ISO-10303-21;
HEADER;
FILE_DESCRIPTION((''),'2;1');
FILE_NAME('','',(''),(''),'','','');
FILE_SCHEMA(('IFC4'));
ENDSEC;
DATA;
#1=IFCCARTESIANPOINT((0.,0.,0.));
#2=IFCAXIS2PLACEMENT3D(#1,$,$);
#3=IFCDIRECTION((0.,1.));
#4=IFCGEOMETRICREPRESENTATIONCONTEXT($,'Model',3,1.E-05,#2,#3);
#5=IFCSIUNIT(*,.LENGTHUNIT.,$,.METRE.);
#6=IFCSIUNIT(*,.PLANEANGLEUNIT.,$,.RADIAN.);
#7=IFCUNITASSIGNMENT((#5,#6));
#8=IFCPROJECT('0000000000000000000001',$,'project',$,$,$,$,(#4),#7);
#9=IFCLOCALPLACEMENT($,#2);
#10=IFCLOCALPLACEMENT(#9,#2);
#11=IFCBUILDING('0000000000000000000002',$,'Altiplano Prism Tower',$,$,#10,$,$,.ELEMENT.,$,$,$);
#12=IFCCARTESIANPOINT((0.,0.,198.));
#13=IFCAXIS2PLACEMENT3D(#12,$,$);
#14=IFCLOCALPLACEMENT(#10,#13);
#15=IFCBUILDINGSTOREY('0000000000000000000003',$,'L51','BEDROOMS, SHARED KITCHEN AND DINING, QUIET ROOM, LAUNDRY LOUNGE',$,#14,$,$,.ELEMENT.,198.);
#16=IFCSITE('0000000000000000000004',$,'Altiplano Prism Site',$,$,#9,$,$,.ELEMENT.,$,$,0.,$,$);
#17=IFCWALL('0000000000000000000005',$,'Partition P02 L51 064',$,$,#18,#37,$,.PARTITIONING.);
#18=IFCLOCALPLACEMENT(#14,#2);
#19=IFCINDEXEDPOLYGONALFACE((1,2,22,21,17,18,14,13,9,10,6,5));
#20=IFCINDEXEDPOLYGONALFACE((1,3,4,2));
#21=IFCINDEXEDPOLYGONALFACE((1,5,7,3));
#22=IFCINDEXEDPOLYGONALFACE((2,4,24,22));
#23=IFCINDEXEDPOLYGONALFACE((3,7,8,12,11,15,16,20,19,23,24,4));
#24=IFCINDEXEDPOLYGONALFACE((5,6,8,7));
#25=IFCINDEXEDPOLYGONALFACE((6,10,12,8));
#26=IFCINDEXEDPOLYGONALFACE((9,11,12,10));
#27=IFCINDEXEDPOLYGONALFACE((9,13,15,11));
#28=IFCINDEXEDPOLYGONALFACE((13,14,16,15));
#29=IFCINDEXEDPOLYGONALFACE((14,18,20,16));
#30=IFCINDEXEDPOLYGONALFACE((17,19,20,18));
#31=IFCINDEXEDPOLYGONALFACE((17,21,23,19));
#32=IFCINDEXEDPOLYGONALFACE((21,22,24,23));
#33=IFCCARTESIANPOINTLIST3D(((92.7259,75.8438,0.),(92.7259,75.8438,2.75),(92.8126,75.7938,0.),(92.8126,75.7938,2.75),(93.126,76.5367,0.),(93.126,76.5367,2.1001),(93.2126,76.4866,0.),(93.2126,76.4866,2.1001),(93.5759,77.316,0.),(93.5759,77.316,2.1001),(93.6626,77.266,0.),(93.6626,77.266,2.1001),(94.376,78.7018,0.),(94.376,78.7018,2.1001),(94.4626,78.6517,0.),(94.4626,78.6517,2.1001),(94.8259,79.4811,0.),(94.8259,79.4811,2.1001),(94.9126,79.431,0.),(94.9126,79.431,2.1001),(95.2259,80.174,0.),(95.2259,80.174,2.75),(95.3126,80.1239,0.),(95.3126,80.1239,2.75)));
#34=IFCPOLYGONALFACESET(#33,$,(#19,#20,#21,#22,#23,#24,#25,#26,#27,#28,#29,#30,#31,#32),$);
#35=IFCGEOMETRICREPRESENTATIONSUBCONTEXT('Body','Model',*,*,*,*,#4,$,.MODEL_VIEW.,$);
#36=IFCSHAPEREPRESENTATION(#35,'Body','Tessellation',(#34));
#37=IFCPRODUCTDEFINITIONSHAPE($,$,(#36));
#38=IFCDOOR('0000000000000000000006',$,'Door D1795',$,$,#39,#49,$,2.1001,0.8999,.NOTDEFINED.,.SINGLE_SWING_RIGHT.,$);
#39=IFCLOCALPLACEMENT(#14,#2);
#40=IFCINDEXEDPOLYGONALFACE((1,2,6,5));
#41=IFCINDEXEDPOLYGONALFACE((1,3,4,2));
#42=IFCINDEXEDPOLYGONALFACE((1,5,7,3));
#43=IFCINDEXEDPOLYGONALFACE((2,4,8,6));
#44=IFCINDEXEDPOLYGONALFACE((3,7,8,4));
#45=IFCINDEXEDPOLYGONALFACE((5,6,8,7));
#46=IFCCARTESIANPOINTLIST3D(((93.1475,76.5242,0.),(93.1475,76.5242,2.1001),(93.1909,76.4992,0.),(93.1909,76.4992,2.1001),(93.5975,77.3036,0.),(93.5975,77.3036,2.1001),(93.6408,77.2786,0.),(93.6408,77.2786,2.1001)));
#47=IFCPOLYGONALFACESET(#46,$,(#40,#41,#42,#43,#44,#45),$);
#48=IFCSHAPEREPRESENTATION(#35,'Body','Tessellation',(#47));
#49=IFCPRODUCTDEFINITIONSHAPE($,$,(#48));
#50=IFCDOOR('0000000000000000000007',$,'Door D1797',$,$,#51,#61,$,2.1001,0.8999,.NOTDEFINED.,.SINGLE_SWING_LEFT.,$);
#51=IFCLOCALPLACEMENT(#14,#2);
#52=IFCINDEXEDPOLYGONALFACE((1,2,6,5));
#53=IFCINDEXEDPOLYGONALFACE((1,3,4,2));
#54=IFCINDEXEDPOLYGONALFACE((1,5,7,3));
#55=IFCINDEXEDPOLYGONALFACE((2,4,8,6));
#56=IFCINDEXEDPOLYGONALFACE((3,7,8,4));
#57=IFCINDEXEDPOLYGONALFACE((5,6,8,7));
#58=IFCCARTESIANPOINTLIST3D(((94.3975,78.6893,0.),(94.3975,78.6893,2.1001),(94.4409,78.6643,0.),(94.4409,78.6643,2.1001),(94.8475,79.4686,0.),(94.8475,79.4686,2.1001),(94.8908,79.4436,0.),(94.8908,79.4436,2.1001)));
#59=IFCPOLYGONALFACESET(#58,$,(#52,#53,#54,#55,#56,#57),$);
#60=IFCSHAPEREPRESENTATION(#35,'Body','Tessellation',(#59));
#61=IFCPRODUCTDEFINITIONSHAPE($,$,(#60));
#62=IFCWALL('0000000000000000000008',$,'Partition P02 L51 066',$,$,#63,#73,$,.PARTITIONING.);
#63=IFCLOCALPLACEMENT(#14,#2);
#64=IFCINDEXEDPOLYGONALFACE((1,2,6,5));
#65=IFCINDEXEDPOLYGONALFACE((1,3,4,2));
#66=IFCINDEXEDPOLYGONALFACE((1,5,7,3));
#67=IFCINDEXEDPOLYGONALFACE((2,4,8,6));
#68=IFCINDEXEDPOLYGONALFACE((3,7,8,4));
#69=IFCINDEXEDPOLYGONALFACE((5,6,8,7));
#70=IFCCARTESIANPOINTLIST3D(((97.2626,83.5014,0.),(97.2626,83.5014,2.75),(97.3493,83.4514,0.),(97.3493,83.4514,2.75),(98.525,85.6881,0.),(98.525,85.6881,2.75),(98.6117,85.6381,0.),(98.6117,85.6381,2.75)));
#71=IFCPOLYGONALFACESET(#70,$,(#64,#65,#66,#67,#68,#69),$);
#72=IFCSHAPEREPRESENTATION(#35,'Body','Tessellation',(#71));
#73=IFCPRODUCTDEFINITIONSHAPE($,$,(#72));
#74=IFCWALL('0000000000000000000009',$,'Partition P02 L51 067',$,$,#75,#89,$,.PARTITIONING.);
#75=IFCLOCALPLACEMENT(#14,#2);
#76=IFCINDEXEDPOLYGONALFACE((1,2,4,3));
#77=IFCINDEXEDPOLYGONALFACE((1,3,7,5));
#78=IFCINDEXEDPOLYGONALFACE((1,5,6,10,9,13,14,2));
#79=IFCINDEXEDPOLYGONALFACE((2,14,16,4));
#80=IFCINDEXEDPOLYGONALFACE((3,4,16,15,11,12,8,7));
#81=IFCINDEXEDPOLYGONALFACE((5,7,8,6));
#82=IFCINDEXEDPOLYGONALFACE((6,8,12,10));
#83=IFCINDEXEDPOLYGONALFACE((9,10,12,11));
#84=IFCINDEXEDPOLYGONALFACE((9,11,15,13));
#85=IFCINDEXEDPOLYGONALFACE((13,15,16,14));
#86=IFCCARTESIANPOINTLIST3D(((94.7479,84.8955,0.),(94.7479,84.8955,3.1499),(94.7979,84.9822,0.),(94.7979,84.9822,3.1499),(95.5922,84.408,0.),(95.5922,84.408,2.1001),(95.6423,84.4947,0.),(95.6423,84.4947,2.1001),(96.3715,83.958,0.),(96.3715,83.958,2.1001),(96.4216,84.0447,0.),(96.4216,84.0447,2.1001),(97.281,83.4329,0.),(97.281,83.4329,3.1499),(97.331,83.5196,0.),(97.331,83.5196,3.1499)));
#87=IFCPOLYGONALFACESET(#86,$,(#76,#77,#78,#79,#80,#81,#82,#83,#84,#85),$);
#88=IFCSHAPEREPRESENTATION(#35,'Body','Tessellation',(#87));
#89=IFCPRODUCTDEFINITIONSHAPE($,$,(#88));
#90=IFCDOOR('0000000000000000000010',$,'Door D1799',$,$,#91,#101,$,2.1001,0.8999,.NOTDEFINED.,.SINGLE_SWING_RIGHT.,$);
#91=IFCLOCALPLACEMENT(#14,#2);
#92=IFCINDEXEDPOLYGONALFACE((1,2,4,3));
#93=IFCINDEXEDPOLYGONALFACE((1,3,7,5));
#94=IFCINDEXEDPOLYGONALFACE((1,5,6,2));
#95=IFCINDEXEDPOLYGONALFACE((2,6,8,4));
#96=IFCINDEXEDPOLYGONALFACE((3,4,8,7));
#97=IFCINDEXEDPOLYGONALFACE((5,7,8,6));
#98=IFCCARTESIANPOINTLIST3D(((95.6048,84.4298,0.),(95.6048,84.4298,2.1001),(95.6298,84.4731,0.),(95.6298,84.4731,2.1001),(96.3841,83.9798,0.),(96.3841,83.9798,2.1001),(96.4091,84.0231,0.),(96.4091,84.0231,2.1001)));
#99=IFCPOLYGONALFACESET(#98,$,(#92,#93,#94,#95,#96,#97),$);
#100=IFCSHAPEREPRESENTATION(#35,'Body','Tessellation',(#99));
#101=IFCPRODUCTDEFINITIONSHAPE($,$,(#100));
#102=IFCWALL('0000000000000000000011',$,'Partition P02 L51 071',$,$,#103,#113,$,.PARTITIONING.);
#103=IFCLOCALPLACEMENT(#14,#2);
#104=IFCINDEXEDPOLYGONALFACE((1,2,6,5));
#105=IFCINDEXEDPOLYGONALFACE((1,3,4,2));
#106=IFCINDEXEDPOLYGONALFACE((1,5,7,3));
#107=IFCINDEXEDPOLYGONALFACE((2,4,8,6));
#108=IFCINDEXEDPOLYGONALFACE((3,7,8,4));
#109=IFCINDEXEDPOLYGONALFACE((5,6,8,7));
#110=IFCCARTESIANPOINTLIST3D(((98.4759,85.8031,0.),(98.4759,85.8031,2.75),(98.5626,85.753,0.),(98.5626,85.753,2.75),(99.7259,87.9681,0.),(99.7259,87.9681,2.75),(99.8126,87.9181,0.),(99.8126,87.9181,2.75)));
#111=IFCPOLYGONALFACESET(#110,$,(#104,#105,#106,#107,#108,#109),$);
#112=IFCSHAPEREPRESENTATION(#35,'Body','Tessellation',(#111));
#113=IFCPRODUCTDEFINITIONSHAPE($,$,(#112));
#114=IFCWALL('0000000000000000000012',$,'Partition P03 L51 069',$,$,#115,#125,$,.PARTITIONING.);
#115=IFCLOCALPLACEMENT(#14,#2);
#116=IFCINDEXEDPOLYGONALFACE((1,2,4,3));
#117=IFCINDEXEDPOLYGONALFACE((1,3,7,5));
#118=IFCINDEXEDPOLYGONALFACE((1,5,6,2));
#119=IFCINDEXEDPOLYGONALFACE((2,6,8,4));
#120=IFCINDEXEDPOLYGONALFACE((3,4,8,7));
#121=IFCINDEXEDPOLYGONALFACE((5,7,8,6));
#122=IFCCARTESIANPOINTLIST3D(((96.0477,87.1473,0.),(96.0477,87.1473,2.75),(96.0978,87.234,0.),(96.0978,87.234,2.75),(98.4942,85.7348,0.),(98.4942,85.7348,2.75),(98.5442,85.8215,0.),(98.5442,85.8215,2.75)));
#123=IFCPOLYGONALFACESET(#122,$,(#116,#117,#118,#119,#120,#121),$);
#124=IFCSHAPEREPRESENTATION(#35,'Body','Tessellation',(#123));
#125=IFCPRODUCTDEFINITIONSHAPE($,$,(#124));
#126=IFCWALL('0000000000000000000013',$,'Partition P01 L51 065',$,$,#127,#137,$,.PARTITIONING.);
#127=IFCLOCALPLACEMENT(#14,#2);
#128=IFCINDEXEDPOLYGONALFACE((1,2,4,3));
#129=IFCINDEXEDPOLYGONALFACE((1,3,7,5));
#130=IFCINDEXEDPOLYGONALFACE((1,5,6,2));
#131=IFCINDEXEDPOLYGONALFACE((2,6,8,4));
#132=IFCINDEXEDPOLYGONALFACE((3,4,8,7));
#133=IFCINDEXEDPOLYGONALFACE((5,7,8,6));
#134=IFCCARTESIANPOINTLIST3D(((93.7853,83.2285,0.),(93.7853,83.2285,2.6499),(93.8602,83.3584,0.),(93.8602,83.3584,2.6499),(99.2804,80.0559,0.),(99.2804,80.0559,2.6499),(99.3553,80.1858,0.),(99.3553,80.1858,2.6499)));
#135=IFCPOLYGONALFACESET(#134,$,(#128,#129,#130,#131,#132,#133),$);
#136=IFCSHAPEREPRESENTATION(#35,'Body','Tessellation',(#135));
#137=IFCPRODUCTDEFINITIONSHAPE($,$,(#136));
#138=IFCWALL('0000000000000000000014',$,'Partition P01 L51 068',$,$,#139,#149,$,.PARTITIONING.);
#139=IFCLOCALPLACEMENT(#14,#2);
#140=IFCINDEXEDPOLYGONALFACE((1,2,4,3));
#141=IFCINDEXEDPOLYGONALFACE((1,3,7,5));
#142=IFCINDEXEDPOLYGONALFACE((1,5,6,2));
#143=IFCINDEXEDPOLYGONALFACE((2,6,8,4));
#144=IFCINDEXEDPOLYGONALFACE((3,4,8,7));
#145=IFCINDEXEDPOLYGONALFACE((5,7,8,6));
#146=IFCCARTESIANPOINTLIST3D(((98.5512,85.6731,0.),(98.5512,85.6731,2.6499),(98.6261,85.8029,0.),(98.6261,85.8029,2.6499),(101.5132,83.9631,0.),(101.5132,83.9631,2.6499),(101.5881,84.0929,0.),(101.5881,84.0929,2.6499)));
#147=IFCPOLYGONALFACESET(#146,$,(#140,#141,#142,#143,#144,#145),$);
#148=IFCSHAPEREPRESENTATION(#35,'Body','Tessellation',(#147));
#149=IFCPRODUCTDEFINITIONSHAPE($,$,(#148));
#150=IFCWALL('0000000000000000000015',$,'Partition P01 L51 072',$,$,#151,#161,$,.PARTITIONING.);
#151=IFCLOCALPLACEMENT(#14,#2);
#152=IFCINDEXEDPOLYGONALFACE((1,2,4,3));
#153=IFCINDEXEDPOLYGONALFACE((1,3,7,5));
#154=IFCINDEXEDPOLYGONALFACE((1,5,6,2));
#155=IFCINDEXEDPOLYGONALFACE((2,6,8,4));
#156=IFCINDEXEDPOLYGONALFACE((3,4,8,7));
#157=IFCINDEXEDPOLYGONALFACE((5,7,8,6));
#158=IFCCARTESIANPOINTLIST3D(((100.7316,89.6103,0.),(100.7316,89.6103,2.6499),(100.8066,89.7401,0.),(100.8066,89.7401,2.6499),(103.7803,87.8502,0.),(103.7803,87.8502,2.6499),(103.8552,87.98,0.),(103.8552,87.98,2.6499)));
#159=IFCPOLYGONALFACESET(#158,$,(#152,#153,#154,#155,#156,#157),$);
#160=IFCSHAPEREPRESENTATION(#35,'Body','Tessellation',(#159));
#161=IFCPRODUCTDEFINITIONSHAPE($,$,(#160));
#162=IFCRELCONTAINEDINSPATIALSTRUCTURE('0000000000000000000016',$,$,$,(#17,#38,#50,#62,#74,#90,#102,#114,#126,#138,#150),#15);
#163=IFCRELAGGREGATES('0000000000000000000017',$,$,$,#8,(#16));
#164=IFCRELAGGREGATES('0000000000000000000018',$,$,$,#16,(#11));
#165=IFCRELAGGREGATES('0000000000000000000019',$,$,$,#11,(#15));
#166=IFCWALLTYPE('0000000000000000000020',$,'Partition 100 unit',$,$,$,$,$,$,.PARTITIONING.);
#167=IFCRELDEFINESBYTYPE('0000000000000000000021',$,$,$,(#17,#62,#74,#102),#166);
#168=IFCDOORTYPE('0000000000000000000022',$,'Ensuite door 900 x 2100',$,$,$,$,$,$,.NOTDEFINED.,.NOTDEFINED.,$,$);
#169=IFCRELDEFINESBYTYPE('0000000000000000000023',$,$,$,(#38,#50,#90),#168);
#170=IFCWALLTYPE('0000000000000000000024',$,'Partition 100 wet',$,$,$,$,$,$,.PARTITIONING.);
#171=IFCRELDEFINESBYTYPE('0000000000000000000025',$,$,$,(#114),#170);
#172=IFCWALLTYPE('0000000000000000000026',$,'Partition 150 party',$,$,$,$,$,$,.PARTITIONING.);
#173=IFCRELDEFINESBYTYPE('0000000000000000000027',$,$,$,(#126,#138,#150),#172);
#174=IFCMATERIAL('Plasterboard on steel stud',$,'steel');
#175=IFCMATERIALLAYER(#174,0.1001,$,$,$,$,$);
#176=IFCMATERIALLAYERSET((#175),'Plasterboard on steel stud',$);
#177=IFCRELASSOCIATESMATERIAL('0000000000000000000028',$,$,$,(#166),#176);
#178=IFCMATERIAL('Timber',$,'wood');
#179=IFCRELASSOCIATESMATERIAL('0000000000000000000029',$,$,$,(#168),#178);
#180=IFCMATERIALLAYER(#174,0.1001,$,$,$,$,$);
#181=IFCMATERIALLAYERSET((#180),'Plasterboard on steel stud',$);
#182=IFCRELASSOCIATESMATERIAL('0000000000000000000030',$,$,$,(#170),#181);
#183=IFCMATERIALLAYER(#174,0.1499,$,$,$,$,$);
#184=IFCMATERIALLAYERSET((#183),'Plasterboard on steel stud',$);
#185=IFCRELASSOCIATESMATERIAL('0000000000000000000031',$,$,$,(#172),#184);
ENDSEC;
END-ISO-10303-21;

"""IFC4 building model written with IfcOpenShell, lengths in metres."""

from ifc_helpers import new_model, si_unit, direction, frame, frame_2d, origin, place, context, subcontext, project, spatial, rectangle, extrude, material, layer, layer_set, type_object, element, fill, save


model = new_model("IFC4")

# Units and contexts
model_context = context("Model", 3, precision=1e-05, world=origin(), true_north=direction((0.0, 1.0)))
body_context = subcontext(model_context, "Body", "Model", "MODEL_VIEW")
ifc_project = project(units=[si_unit("LENGTHUNIT", "METRE"), si_unit("PLANEANGLEUNIT", "RADIAN")], contexts=[model_context])

# Site, building, storey
site_placement = place(None, origin())
site = spatial("IfcSite", under=ifc_project, at=site_placement, Name="Altiplano Prism Site", CompositionType="ELEMENT", RefElevation=0.0)
building_placement = place(site_placement, origin())
building = spatial("IfcBuilding", under=site, at=building_placement, Name="Altiplano Prism Tower", CompositionType="ELEMENT")
storey_placement = place(building_placement, frame((0.0, 0.0, 198.0)))
storey = spatial("IfcBuildingStorey", under=building, at=storey_placement, Name="L51", Description="BEDROOMS, SHARED KITCHEN AND DINING, QUIET ROOM, LAUNDRY LOUNGE", CompositionType="ELEMENT", Elevation=198.0)

# Wall, openings, doors
ifc_material_1 = material(Name="Plasterboard on steel stud", Category="steel")
ifc_layer_1 = layer(ifc_material_1, 0.1001)
ifc_layer_set_1 = layer_set([ifc_layer_1], Name="Plasterboard on steel stud")
wall_type_1 = type_object("IfcWallType", Name="Partition 100 unit", PredefinedType="PARTITIONING", material=ifc_layer_set_1)
wall_1_placement = place(storey_placement, frame((95.2693, 80.1489, 0.0), z_axis=(0.0, 0.0, 1.0), x_axis=(-0.500004, -0.866023, 0.0)))
wall_1 = element("IfcWall", 1, at=wall_1_placement, inside=storey, type_object=wall_type_1, Name="Partition P02 L51 064", PredefinedType="PARTITIONING", context=body_context, shape_type="SweptSolid", body=[
    extrude(rectangle(XDim=5.0, YDim=0.1001, at=frame_2d((2.5, 0.0))), origin(), (0.0, 0.0, 1.0), 2.75),
])
opening_1_placement = place(wall_1_placement, frame((3.3, 0.0, 0.0)))
opening_1 = element("IfcOpeningElement", 2, at=opening_1_placement, cuts=wall_1, PredefinedType="OPENING", context=body_context, shape_type="SweptSolid", body=[
    extrude(rectangle(XDim=0.8999, YDim=2.1001, at=frame_2d((0.45, 1.05))), frame((0.0, 0.0605, 0.0), z_axis=(0.0, -1.0, 0.0), x_axis=(1.0, 0.0, 0.0)), (0.0, 0.0, 1.0), 0.1211),
])
opening_2_placement = place(wall_1_placement, frame((0.8, 0.0, 0.0)))
opening_2 = element("IfcOpeningElement", 3, at=opening_2_placement, cuts=wall_1, PredefinedType="OPENING", context=body_context, shape_type="SweptSolid", body=[
    extrude(rectangle(XDim=0.8999, YDim=2.1001, at=frame_2d((0.45, 1.05))), frame((0.0, 0.0605, 0.0), z_axis=(0.0, -1.0, 0.0), x_axis=(1.0, 0.0, 0.0)), (0.0, 0.0, 1.0), 0.1211),
])
ifc_material_2 = material(Name="Timber", Category="wood")
door_type = type_object("IfcDoorType", Name="Ensuite door 900 x 2100", OperationType="NOTDEFINED", PredefinedType="NOTDEFINED", material=ifc_material_2)
door_1_placement = place(opening_1_placement, origin())
door_1 = element("IfcDoor", 4, at=door_1_placement, inside=storey, type_object=door_type, Name="Door D1795", OperationType="SINGLE_SWING_RIGHT", OverallHeight=2.1001, OverallWidth=0.8999, PredefinedType="NOTDEFINED", context=body_context, shape_type="SweptSolid", body=[
    extrude(rectangle(XDim=0.8999, YDim=2.1001, at=frame_2d((0.45, 1.05))), frame((0.0, 0.0249, 0.0), z_axis=(0.0, -1.0, 0.0), x_axis=(1.0, 0.0, 0.0)), (0.0, 0.0, 1.0), 0.05),
])
fill(opening_1, door_1)
door_2_placement = place(opening_2_placement, origin())
door_2 = element("IfcDoor", 5, at=door_2_placement, inside=storey, type_object=door_type, Name="Door D1797", OperationType="SINGLE_SWING_LEFT", OverallHeight=2.1001, OverallWidth=0.8999, PredefinedType="NOTDEFINED", context=body_context, shape_type="SweptSolid", body=[
    extrude(rectangle(XDim=0.8999, YDim=2.1001, at=frame_2d((0.45, 1.05))), frame((0.0, 0.0249, 0.0), z_axis=(0.0, -1.0, 0.0), x_axis=(1.0, 0.0, 0.0)), (0.0, 0.0, 1.0), 0.05),
])
fill(opening_2, door_2)

# Wall
wall_2_placement = place(storey_placement, frame((98.5684, 85.6631, 0.0), z_axis=(0.0, 0.0, 1.0), x_axis=(-0.499976, -0.866039, 0.0)))
element("IfcWall", 6, at=wall_2_placement, inside=storey, type_object=wall_type_1, Name="Partition P02 L51 066", PredefinedType="PARTITIONING", context=body_context, shape_type="SweptSolid", body=[
    extrude(rectangle(XDim=2.5249, YDim=0.1001, at=frame_2d((1.2625, 0.0))), origin(), (0.0, 0.0, 1.0), 2.75),
])

# Wall, opening, door
wall_3_placement = place(storey_placement, frame((97.3059, 83.4763, 0.0), z_axis=(0.0, 0.0, 1.0), x_axis=(-0.86601, 0.500026, 0.0)))
wall_3 = element("IfcWall", 7, at=wall_3_placement, inside=storey, type_object=wall_type_1, Name="Partition P02 L51 067", PredefinedType="PARTITIONING", context=body_context, shape_type="SweptSolid", body=[
    extrude(rectangle(XDim=2.925, YDim=0.1001, at=frame_2d((1.4624, 0.0))), origin(), (0.0, 0.0, 1.0), 3.1499),
])
opening_3_placement = place(wall_3_placement, frame((1.05, 0.0, 0.0)))
opening_3 = element("IfcOpeningElement", 8, at=opening_3_placement, cuts=wall_3, PredefinedType="OPENING", context=body_context, shape_type="SweptSolid", body=[
    extrude(rectangle(XDim=0.8999, YDim=2.1001, at=frame_2d((0.45, 1.05))), frame((0.0, 0.0605, 0.0), z_axis=(0.0, -1.0, 0.0), x_axis=(1.0, 0.0, 0.0)), (0.0, 0.0, 1.0), 0.1211),
])
door_3_placement = place(opening_3_placement, origin())
door_3 = element("IfcDoor", 9, at=door_3_placement, inside=storey, type_object=door_type, Name="Door D1799", OperationType="SINGLE_SWING_RIGHT", OverallHeight=2.1001, OverallWidth=0.8999, PredefinedType="NOTDEFINED", context=body_context, shape_type="SweptSolid", body=[
    extrude(rectangle(XDim=0.8999, YDim=2.1001, at=frame_2d((0.45, 1.05))), frame((0.0, 0.0249, 0.0), z_axis=(0.0, -1.0, 0.0), x_axis=(1.0, 0.0, 0.0)), (0.0, 0.0, 1.0), 0.05),
])
fill(opening_3, door_3)

# Walls
wall_4_placement = place(storey_placement, frame((99.7693, 87.9431, 0.0), z_axis=(0.0, 0.0, 1.0), x_axis=(-0.500004, -0.866023, 0.0)))
element("IfcWall", 10, at=wall_4_placement, inside=storey, type_object=wall_type_1, Name="Partition P02 L51 071", PredefinedType="PARTITIONING", context=body_context, shape_type="SweptSolid", body=[
    extrude(rectangle(XDim=2.5, YDim=0.1001, at=frame_2d((1.25, 0.0))), origin(), (0.0, 0.0, 1.0), 2.75),
])
ifc_layer_2 = layer(ifc_material_1, 0.1001)
ifc_layer_set_2 = layer_set([ifc_layer_2], Name="Plasterboard on steel stud")
wall_type_2 = type_object("IfcWallType", Name="Partition 100 wet", PredefinedType="PARTITIONING", material=ifc_layer_set_2)
wall_5_placement = place(storey_placement, frame((98.5193, 85.7781, 0.0), z_axis=(0.0, 0.0, 1.0), x_axis=(-0.866011, 0.500024, 0.0)))
element("IfcWall", 11, at=wall_5_placement, inside=storey, type_object=wall_type_2, Name="Partition P03 L51 069", PredefinedType="PARTITIONING", context=body_context, shape_type="SweptSolid", body=[
    extrude(rectangle(XDim=2.825, YDim=0.1001, at=frame_2d((1.4126, 0.0))), origin(), (0.0, 0.0, 1.0), 2.75),
])
ifc_layer_3 = layer(ifc_material_1, 0.1499)
ifc_layer_set_3 = layer_set([ifc_layer_3], Name="Plasterboard on steel stud")
wall_type_3 = type_object("IfcWallType", Name="Partition 150 party", PredefinedType="PARTITIONING", material=ifc_layer_set_3)
wall_6_placement = place(storey_placement, frame((99.3179, 80.1208, 0.0), z_axis=(0.0, 0.0, 1.0), x_axis=(-0.866025, 0.5, 0.0)))
element("IfcWall", 12, at=wall_6_placement, inside=storey, type_object=wall_type_3, Name="Partition P01 L51 065", PredefinedType="PARTITIONING", context=body_context, shape_type="SweptSolid", body=[
    extrude(rectangle(XDim=6.3452, YDim=0.1499, at=frame_2d((3.1726, 0.0))), origin(), (0.0, 0.0, 1.0), 2.6499),
])
wall_7_placement = place(storey_placement, frame((101.5505, 84.0281, 0.0), z_axis=(0.0, 0.0, 1.0), x_axis=(-0.866038, 0.499978, 0.0)))
element("IfcWall", 13, at=wall_7_placement, inside=storey, type_object=wall_type_3, Name="Partition P01 L51 068", PredefinedType="PARTITIONING", context=body_context, shape_type="SweptSolid", body=[
    extrude(rectangle(XDim=3.4202, YDim=0.1499, at=frame_2d((1.71, 0.0))), origin(), (0.0, 0.0, 1.0), 2.6499),
])
wall_8_placement = place(storey_placement, frame((103.8179, 87.915, 0.0), z_axis=(0.0, 0.0, 1.0), x_axis=(-0.866037, 0.499981, 0.0)))
element("IfcWall", 14, at=wall_8_placement, inside=storey, type_object=wall_type_3, Name="Partition P01 L51 072", PredefinedType="PARTITIONING", context=body_context, shape_type="SweptSolid", body=[
    extrude(rectangle(XDim=3.5203, YDim=0.1499, at=frame_2d((1.7603, 0.0))), origin(), (0.0, 0.0, 1.0), 2.6499),
])

save(model, "model.ifc")
